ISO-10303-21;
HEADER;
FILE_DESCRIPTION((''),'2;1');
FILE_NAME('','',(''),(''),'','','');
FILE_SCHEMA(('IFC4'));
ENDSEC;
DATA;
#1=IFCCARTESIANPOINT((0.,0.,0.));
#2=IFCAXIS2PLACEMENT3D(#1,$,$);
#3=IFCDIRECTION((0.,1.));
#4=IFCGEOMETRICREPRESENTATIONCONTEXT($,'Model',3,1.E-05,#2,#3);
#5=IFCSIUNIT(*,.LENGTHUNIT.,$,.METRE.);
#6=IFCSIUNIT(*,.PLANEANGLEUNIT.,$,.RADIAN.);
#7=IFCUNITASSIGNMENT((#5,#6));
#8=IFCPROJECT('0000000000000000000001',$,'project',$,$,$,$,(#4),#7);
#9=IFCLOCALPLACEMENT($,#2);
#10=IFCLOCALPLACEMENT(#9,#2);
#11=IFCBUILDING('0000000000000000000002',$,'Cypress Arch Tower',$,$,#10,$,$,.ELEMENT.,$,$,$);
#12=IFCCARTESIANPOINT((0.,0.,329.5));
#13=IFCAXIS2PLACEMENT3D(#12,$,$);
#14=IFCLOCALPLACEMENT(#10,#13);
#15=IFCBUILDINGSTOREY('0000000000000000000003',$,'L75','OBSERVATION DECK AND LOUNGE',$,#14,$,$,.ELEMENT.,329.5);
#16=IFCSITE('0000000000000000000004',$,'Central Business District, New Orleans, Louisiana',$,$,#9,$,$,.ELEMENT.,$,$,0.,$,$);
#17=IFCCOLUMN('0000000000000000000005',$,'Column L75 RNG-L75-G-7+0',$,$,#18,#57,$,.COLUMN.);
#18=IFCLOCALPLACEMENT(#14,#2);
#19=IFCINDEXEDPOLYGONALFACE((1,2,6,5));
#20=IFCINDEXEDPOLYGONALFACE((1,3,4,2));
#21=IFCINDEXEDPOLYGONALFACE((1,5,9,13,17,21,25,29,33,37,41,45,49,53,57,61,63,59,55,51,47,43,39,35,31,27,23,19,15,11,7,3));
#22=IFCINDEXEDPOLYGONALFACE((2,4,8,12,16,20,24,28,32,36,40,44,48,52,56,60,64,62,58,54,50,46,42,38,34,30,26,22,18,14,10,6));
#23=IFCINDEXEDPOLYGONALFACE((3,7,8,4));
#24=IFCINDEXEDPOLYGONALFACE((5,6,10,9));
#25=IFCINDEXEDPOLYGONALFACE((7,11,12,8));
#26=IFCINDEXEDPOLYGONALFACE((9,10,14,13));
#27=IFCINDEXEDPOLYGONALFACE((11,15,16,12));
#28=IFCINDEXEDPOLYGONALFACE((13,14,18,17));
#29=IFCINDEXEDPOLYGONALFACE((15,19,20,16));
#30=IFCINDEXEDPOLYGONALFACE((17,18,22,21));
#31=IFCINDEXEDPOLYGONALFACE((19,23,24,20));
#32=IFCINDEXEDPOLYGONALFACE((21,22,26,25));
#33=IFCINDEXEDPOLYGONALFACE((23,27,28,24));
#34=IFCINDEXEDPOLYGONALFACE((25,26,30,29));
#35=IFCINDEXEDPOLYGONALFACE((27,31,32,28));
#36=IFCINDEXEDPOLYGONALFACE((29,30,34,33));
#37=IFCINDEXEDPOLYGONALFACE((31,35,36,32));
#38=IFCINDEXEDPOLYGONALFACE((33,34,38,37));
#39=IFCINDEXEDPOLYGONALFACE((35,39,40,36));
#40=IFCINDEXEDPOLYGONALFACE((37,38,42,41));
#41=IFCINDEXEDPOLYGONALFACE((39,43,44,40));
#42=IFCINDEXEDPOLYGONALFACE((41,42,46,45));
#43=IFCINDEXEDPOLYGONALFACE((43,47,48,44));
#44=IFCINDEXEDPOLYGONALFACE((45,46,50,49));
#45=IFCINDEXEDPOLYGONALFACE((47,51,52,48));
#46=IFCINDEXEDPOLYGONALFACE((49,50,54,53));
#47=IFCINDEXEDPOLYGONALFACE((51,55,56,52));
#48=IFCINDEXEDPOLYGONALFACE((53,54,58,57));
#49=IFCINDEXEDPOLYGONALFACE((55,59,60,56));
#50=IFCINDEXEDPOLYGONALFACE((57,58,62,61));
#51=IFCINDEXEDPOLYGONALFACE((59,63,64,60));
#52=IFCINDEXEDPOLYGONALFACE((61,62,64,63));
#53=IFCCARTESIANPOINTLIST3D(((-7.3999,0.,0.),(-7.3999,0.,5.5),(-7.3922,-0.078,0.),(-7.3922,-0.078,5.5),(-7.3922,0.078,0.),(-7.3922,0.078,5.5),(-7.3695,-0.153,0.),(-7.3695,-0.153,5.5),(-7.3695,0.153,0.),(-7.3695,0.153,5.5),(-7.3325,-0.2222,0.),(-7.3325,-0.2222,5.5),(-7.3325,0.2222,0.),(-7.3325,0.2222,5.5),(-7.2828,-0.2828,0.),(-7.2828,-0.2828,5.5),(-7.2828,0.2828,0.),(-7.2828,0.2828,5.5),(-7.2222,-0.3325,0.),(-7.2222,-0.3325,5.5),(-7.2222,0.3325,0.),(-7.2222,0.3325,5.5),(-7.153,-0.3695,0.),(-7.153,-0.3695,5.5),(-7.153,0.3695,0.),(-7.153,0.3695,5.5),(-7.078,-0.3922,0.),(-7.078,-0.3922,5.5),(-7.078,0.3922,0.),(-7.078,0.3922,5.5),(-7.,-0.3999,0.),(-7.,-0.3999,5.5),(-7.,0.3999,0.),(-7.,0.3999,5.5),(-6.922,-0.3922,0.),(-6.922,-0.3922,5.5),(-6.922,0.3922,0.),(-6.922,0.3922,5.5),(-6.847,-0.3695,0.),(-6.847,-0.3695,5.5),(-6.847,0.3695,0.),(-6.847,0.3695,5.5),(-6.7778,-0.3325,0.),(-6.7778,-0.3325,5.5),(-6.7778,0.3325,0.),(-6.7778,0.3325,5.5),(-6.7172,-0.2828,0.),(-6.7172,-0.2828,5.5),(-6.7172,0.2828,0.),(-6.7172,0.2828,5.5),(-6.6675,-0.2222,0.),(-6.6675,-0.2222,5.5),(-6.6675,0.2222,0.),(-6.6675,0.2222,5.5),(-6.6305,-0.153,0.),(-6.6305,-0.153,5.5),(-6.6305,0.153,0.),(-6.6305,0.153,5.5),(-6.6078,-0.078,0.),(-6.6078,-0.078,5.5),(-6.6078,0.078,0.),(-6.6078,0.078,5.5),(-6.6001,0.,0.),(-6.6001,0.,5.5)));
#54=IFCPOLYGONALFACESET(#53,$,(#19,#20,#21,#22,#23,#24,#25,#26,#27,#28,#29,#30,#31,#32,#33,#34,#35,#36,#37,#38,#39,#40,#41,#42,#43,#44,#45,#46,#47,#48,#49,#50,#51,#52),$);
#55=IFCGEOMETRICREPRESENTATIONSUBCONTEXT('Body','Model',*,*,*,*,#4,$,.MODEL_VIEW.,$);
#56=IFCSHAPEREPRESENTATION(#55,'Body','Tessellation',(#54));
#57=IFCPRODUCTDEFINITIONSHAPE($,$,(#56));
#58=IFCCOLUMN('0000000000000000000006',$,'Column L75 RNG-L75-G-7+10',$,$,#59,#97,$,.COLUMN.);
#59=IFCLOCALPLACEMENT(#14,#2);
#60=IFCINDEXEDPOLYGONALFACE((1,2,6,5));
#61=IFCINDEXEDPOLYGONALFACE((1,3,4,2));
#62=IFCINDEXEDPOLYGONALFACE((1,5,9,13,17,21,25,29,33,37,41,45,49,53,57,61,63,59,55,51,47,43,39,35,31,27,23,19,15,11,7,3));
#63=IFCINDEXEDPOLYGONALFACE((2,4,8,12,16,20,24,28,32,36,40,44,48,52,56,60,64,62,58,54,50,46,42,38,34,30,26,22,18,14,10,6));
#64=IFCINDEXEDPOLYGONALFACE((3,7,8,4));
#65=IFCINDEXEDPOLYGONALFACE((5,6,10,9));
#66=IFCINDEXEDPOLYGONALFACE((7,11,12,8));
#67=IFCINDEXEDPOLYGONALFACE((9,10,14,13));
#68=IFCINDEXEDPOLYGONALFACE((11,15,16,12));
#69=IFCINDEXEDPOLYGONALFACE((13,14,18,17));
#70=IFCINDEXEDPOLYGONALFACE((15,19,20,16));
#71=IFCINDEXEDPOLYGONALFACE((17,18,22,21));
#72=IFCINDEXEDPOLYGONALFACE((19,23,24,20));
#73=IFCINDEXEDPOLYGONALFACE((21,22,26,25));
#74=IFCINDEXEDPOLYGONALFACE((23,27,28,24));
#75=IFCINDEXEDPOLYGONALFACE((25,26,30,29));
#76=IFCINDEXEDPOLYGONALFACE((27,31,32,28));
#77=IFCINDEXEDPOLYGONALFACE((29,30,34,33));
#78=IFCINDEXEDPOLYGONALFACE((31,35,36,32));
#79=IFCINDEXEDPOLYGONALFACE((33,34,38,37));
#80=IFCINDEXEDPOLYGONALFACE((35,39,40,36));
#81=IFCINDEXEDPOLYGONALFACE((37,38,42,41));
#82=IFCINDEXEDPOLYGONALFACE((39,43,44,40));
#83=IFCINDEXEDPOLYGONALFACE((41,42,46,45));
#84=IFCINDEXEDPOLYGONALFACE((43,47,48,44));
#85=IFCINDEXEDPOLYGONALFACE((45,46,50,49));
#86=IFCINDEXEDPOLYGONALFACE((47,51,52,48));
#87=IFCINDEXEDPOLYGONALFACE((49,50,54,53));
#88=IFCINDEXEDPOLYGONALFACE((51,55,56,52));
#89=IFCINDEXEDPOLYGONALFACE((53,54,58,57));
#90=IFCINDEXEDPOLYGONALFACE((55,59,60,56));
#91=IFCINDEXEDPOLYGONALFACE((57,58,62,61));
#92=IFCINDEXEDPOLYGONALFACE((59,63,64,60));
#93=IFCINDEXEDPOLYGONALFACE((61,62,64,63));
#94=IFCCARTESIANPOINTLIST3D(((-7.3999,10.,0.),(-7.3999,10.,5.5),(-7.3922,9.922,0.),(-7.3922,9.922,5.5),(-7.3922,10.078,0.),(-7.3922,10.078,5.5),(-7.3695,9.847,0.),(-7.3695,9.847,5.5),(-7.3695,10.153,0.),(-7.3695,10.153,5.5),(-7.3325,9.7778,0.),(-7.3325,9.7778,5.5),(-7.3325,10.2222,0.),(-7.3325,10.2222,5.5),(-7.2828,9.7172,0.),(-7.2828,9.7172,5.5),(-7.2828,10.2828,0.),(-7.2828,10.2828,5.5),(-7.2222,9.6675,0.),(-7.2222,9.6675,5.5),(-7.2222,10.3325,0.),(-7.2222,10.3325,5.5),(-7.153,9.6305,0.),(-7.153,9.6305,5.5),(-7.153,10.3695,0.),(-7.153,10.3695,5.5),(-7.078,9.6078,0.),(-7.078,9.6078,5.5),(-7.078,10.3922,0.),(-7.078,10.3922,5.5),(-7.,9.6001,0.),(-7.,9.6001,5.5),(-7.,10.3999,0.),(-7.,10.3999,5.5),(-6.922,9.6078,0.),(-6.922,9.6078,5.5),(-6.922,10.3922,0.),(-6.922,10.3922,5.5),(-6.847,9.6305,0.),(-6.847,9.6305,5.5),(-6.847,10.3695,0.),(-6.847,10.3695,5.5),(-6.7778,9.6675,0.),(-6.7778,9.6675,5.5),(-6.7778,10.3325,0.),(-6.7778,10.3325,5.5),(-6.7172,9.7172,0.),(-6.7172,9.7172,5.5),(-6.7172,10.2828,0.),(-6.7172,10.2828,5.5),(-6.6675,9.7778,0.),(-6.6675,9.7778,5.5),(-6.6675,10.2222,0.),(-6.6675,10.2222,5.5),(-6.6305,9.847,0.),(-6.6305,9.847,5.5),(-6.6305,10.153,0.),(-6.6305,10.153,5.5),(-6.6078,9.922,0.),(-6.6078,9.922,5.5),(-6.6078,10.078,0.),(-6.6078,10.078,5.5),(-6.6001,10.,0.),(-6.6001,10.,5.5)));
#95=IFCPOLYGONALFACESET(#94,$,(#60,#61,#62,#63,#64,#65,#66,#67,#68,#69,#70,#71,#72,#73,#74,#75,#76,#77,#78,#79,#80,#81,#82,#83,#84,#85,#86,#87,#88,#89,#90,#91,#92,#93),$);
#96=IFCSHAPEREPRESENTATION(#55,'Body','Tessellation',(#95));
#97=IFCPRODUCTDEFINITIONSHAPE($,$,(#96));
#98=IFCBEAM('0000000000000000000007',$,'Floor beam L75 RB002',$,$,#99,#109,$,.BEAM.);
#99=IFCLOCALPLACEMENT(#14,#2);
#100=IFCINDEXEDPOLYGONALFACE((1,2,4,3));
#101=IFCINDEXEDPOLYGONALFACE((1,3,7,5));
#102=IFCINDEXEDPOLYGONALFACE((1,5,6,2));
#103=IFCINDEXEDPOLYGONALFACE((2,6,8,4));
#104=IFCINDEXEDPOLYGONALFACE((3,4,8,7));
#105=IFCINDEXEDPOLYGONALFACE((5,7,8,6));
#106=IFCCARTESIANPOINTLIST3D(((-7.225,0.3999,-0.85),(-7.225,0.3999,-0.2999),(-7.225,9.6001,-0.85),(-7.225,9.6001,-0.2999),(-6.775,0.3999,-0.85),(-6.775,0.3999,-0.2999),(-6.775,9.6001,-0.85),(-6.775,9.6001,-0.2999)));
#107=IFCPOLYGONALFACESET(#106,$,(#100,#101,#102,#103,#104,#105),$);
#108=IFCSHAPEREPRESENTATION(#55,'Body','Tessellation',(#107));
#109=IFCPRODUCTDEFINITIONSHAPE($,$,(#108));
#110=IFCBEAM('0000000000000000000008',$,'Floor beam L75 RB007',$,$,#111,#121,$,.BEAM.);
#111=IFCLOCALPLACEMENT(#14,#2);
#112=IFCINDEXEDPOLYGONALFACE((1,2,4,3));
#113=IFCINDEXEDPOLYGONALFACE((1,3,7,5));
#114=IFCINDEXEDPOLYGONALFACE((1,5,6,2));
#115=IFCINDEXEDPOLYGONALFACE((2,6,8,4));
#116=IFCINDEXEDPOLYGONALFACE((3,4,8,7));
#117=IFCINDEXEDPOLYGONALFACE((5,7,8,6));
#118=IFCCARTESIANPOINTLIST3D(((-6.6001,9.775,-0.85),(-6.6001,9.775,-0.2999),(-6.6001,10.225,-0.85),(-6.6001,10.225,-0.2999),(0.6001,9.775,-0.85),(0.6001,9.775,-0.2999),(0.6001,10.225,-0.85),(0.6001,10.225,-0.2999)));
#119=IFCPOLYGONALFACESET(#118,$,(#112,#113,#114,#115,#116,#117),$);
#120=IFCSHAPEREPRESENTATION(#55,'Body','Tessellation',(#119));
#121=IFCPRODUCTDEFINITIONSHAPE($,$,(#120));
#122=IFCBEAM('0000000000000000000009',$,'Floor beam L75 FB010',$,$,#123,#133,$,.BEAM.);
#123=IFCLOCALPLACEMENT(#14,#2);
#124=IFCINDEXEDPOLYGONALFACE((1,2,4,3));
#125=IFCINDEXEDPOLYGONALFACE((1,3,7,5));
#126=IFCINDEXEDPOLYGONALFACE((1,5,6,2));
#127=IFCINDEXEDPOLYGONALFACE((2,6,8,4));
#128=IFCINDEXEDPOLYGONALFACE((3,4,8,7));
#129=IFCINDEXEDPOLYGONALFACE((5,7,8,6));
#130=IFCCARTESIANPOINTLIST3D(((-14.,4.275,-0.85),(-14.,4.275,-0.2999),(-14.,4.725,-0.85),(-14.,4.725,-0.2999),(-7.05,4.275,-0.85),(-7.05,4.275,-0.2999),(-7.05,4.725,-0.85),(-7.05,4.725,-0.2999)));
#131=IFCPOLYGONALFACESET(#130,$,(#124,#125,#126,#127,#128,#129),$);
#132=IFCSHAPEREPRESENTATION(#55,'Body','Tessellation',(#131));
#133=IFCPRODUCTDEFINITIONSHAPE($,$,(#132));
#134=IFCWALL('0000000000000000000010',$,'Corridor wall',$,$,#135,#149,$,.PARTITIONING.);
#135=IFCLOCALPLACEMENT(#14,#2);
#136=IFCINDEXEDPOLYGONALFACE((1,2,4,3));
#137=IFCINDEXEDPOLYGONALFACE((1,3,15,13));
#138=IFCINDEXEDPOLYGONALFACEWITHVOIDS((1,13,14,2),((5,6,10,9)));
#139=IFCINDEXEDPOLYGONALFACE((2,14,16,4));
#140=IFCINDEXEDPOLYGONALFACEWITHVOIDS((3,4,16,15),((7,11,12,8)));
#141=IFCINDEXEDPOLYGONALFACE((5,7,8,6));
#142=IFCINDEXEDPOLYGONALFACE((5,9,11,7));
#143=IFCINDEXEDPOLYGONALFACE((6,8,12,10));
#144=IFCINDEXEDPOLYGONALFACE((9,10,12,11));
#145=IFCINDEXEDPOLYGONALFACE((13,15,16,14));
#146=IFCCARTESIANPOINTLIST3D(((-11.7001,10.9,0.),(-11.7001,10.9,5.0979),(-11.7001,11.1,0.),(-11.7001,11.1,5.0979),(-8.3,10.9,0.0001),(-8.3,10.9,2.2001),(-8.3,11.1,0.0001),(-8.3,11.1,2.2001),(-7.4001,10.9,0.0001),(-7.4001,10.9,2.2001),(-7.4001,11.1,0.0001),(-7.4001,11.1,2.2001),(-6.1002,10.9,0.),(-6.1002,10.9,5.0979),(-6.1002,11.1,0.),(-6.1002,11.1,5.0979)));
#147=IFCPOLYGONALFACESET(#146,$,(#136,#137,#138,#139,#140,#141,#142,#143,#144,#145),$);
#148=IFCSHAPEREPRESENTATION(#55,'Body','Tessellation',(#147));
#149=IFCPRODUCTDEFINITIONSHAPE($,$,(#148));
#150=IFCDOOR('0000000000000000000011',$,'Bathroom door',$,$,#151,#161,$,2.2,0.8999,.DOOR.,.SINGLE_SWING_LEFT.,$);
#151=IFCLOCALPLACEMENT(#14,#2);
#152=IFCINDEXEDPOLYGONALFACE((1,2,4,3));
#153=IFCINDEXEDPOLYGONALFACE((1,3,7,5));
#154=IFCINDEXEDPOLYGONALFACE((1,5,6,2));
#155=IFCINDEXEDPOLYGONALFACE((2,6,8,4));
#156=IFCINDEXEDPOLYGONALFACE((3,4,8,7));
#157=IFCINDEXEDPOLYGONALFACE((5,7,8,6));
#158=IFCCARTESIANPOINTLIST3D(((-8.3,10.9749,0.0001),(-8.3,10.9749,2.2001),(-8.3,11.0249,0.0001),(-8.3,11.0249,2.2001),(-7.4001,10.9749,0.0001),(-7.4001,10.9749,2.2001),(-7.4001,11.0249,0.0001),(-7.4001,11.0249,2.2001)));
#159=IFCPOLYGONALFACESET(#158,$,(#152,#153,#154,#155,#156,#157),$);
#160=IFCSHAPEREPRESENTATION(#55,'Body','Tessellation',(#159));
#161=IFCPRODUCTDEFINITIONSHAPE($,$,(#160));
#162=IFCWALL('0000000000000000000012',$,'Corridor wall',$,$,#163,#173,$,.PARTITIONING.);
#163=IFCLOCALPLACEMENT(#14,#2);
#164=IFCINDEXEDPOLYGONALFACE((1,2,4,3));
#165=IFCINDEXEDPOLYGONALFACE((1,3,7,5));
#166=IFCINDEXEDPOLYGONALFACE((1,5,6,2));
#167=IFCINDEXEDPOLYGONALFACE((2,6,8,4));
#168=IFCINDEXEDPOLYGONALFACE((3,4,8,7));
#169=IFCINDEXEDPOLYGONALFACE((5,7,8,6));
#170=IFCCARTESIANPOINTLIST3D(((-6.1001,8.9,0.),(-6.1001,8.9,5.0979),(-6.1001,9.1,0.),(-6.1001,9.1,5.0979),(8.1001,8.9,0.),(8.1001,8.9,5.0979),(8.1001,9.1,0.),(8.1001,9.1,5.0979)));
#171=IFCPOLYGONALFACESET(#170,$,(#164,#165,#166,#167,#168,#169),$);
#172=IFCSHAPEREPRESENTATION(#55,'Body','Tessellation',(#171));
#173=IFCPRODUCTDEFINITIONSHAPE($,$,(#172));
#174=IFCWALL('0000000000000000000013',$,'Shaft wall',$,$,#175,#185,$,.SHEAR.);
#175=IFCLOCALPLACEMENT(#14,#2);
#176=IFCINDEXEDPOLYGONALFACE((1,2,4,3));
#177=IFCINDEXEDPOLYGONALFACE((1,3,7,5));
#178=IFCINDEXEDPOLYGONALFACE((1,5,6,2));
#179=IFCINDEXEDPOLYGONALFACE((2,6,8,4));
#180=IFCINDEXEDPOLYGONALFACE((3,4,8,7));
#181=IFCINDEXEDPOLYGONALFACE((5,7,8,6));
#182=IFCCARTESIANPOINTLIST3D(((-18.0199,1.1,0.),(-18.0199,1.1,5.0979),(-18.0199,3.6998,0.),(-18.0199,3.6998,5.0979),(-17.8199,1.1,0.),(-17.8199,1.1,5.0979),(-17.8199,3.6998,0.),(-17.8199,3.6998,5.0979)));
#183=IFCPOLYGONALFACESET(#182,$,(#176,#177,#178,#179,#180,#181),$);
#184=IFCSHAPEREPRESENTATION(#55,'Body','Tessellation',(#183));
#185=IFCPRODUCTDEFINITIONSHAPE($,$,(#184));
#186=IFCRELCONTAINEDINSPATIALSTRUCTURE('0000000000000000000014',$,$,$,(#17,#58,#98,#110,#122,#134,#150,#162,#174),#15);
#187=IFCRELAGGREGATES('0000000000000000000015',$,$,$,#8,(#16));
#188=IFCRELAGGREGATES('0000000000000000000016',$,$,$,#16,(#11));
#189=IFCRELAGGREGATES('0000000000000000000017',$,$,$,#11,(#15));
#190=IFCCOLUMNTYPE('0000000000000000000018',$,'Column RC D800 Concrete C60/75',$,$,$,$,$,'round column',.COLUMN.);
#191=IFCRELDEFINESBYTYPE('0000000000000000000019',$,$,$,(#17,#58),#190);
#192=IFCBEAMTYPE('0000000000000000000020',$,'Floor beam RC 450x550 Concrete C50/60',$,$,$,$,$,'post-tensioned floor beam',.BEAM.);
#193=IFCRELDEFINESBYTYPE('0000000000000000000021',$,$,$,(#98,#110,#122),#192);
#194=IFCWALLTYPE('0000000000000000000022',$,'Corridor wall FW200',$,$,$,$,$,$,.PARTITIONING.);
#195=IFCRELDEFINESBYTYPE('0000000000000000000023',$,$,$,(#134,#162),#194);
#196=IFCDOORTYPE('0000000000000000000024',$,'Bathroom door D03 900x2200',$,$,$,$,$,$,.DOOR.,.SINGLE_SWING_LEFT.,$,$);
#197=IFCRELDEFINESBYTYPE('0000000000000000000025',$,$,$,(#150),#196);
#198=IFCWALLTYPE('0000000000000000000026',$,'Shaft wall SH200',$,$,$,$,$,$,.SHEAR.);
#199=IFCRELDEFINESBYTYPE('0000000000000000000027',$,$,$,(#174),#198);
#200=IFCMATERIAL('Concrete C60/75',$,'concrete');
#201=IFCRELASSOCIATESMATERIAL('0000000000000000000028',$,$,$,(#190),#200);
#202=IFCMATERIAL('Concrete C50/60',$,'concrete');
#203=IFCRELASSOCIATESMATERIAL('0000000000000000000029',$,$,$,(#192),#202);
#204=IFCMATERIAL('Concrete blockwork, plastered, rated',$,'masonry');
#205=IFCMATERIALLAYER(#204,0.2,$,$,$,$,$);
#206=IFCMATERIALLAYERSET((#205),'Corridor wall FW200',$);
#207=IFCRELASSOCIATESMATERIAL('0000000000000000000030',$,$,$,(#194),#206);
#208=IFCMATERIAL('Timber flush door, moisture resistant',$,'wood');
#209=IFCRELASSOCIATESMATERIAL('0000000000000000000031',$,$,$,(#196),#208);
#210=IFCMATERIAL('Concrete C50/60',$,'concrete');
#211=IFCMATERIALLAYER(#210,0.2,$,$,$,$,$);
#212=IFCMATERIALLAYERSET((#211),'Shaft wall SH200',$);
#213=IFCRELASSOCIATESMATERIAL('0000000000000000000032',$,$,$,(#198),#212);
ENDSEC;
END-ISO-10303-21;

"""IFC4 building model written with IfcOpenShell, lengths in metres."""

from ifc_helpers import new_model, si_unit, direction, frame, frame_2d, origin, origin_2d, place, context, subcontext, project, spatial, rectangle, circle, extrude, material, layer, layer_set, material_profile, profile_set, type_object, element, fill, save


model = new_model("IFC4")

# Units and contexts
model_context = context("Model", 3, precision=1e-05, world=origin(), true_north=direction((0.0, 1.0)))
body_context = subcontext(model_context, "Body", "Model", "MODEL_VIEW")
ifc_project = project(units=[si_unit("LENGTHUNIT", "METRE"), si_unit("PLANEANGLEUNIT", "RADIAN")], contexts=[model_context])

# Site, building, storey
site_placement = place(None, origin())
site = spatial("IfcSite", under=ifc_project, at=site_placement, Name="Central Business District, New Orleans, Louisiana", CompositionType="ELEMENT", RefElevation=0.0)
building_placement = place(site_placement, origin())
building = spatial("IfcBuilding", under=site, at=building_placement, Name="Cypress Arch Tower", CompositionType="ELEMENT")
storey_placement = place(building_placement, frame((0.0, 0.0, 329.5)))
storey = spatial("IfcBuildingStorey", under=building, at=storey_placement, Name="L75", Description="OBSERVATION DECK AND LOUNGE", CompositionType="ELEMENT", Elevation=329.5)

# Columns
ifc_material_1 = material(Name="Concrete C60/75", Category="concrete")
ifc_material_profile_1 = material_profile(ifc_material_1, circle(Radius=0.3999, at=origin_2d()), Name="RC D800")
ifc_profile_set_1 = profile_set([ifc_material_profile_1], Name="Concrete C60/75")
column_type = type_object("IfcColumnType", Name="Column RC D800 Concrete C60/75", ElementType="round column", PredefinedType="COLUMN", material=ifc_profile_set_1)
for number, where, z_axis, x_axis, name in (
    (1, (-7.0, 0.0, 0.0), (0.0, 0.0, 1.0), (1.0, 0.0, 0.0), "Column L75 RNG-L75-G-7+0"),
    (2, (-7.0, 10.0, 0.0), (0.0, 0.0, 1.0), (1.0, 0.0, 0.0), "Column L75 RNG-L75-G-7+10"),
):
    element("IfcColumn", number, at=place(storey_placement, frame(where, z_axis=z_axis, x_axis=x_axis)), inside=storey, type_object=column_type, Name=name, PredefinedType="COLUMN", context=body_context, shape_type="SweptSolid", body=[
        extrude(circle(Radius=0.3999, at=origin_2d()), origin(), (0.0, 0.0, 1.0), 5.5),
    ])

# Beams
ifc_material_2 = material(Name="Concrete C50/60", Category="concrete")
ifc_material_profile_2 = material_profile(ifc_material_2, rectangle(XDim=0.45, YDim=0.55, at=origin_2d()), Name="RC 450x550")
ifc_profile_set_2 = profile_set([ifc_material_profile_2], Name="Concrete C50/60")
beam_type = type_object("IfcBeamType", Name="Floor beam RC 450x550 Concrete C50/60", ElementType="post-tensioned floor beam", PredefinedType="BEAM", material=ifc_profile_set_2)
beam_1_placement = place(storey_placement, frame((-7.0, 0.3999, -0.575), z_axis=(0.0, 1.0, 0.0), x_axis=(-1.0, 0.0, 0.0)))
element("IfcBeam", 3, at=beam_1_placement, inside=storey, type_object=beam_type, Name="Floor beam L75 RB002", PredefinedType="BEAM", context=body_context, shape_type="SweptSolid", body=[
    extrude(rectangle(XDim=0.45, YDim=0.55, at=origin_2d()), origin(), (0.0, 0.0, 1.0), 9.2002),
])
beam_2_placement = place(storey_placement, frame((-6.6001, 10.0, -0.575), z_axis=(1.0, 0.0, 0.0), x_axis=(0.0, 1.0, 0.0)))
element("IfcBeam", 4, at=beam_2_placement, inside=storey, type_object=beam_type, Name="Floor beam L75 RB007", PredefinedType="BEAM", context=body_context, shape_type="SweptSolid", body=[
    extrude(rectangle(XDim=0.45, YDim=0.55, at=origin_2d()), origin(), (0.0, 0.0, 1.0), 7.2002),
])
beam_3_placement = place(storey_placement, frame((-14.0, 4.5, -0.575), z_axis=(1.0, 0.0, 0.0), x_axis=(0.0, 1.0, 0.0)))
element("IfcBeam", 5, at=beam_3_placement, inside=storey, type_object=beam_type, Name="Floor beam L75 FB010", PredefinedType="BEAM", context=body_context, shape_type="SweptSolid", body=[
    extrude(rectangle(XDim=0.45, YDim=0.55, at=origin_2d()), origin(), (0.0, 0.0, 1.0), 6.95),
])

# Wall, opening, door
ifc_material_3 = material(Name="Concrete blockwork, plastered, rated", Category="masonry")
ifc_layer_1 = layer(ifc_material_3, 0.2)
ifc_layer_set_1 = layer_set([ifc_layer_1], Name="Corridor wall FW200")
wall_type_1 = type_object("IfcWallType", Name="Corridor wall FW200", PredefinedType="PARTITIONING", material=ifc_layer_set_1)
wall_1_placement = place(storey_placement, frame((-11.7, 11.0, 0.0), z_axis=(0.0, 0.0, 1.0), x_axis=(1.0, 0.0, 0.0)))
wall_1 = element("IfcWall", 6, at=wall_1_placement, inside=storey, type_object=wall_type_1, Name="Corridor wall", PredefinedType="PARTITIONING", context=body_context, shape_type="SweptSolid", body=[
    extrude(rectangle(XDim=5.5999, YDim=0.2, at=frame_2d((2.7998, 0.0))), origin(), (0.0, 0.0, 1.0), 5.0979),
])
opening_1_placement = place(wall_1_placement, frame((3.3999, 0.0, 0.0)))
opening_1 = element("IfcOpeningElement", 7, at=opening_1_placement, cuts=wall_1, PredefinedType="OPENING", context=body_context, shape_type="SweptSolid", body=[
    extrude(rectangle(XDim=0.8999, YDim=2.2, at=frame_2d((0.45, 1.1001))), frame((0.0, 0.1099, 0.0), z_axis=(0.0, -1.0, 0.0), x_axis=(1.0, 0.0, 0.0)), (0.0, 0.0, 1.0), 0.22),
])
ifc_material_4 = material(Name="Timber flush door, moisture resistant", Category="wood")
door_type_1 = type_object("IfcDoorType", Name="Bathroom door D03 900x2200", OperationType="SINGLE_SWING_LEFT", PredefinedType="DOOR", material=ifc_material_4)
door_1_placement = place(opening_1_placement, origin())
door_1 = element("IfcDoor", 8, at=door_1_placement, inside=storey, type_object=door_type_1, Name="Bathroom door", OperationType="SINGLE_SWING_LEFT", OverallHeight=2.2, OverallWidth=0.8999, PredefinedType="DOOR", context=body_context, shape_type="SweptSolid", body=[
    extrude(rectangle(XDim=0.8999, YDim=2.2, at=frame_2d((0.45, 1.1001))), frame((0.0, 0.0249, 0.0), z_axis=(0.0, -1.0, 0.0), x_axis=(1.0, 0.0, 0.0)), (0.0, 0.0, 1.0), 0.05),
])
fill(opening_1, door_1)

# Walls
wall_2_placement = place(storey_placement, frame((-6.1001, 9.0, 0.0), z_axis=(0.0, 0.0, 1.0), x_axis=(1.0, 0.0, 0.0)))
element("IfcWall", 9, at=wall_2_placement, inside=storey, type_object=wall_type_1, Name="Corridor wall", PredefinedType="PARTITIONING", context=body_context, shape_type="SweptSolid", body=[
    extrude(rectangle(XDim=14.2002, YDim=0.2, at=frame_2d((7.1001, 0.0))), origin(), (0.0, 0.0, 1.0), 5.0979),
])
ifc_material_5 = material(Name="Concrete C50/60", Category="concrete")
ifc_layer_2 = layer(ifc_material_5, 0.2)
ifc_layer_set_2 = layer_set([ifc_layer_2], Name="Shaft wall SH200")
wall_type_2 = type_object("IfcWallType", Name="Shaft wall SH200", PredefinedType="SHEAR", material=ifc_layer_set_2)
wall_3_placement = place(storey_placement, frame((-17.9199, 1.1001, 0.0), z_axis=(0.0, 0.0, 1.0), x_axis=(0.0, 1.0, 0.0)))
element("IfcWall", 10, at=wall_3_placement, inside=storey, type_object=wall_type_2, Name="Shaft wall", PredefinedType="SHEAR", context=body_context, shape_type="SweptSolid", body=[
    extrude(rectangle(XDim=2.5999, YDim=0.2, at=frame_2d((1.2998, 0.0))), origin(), (0.0, 0.0, 1.0), 5.0979),
])

save(model, "model.ifc")
